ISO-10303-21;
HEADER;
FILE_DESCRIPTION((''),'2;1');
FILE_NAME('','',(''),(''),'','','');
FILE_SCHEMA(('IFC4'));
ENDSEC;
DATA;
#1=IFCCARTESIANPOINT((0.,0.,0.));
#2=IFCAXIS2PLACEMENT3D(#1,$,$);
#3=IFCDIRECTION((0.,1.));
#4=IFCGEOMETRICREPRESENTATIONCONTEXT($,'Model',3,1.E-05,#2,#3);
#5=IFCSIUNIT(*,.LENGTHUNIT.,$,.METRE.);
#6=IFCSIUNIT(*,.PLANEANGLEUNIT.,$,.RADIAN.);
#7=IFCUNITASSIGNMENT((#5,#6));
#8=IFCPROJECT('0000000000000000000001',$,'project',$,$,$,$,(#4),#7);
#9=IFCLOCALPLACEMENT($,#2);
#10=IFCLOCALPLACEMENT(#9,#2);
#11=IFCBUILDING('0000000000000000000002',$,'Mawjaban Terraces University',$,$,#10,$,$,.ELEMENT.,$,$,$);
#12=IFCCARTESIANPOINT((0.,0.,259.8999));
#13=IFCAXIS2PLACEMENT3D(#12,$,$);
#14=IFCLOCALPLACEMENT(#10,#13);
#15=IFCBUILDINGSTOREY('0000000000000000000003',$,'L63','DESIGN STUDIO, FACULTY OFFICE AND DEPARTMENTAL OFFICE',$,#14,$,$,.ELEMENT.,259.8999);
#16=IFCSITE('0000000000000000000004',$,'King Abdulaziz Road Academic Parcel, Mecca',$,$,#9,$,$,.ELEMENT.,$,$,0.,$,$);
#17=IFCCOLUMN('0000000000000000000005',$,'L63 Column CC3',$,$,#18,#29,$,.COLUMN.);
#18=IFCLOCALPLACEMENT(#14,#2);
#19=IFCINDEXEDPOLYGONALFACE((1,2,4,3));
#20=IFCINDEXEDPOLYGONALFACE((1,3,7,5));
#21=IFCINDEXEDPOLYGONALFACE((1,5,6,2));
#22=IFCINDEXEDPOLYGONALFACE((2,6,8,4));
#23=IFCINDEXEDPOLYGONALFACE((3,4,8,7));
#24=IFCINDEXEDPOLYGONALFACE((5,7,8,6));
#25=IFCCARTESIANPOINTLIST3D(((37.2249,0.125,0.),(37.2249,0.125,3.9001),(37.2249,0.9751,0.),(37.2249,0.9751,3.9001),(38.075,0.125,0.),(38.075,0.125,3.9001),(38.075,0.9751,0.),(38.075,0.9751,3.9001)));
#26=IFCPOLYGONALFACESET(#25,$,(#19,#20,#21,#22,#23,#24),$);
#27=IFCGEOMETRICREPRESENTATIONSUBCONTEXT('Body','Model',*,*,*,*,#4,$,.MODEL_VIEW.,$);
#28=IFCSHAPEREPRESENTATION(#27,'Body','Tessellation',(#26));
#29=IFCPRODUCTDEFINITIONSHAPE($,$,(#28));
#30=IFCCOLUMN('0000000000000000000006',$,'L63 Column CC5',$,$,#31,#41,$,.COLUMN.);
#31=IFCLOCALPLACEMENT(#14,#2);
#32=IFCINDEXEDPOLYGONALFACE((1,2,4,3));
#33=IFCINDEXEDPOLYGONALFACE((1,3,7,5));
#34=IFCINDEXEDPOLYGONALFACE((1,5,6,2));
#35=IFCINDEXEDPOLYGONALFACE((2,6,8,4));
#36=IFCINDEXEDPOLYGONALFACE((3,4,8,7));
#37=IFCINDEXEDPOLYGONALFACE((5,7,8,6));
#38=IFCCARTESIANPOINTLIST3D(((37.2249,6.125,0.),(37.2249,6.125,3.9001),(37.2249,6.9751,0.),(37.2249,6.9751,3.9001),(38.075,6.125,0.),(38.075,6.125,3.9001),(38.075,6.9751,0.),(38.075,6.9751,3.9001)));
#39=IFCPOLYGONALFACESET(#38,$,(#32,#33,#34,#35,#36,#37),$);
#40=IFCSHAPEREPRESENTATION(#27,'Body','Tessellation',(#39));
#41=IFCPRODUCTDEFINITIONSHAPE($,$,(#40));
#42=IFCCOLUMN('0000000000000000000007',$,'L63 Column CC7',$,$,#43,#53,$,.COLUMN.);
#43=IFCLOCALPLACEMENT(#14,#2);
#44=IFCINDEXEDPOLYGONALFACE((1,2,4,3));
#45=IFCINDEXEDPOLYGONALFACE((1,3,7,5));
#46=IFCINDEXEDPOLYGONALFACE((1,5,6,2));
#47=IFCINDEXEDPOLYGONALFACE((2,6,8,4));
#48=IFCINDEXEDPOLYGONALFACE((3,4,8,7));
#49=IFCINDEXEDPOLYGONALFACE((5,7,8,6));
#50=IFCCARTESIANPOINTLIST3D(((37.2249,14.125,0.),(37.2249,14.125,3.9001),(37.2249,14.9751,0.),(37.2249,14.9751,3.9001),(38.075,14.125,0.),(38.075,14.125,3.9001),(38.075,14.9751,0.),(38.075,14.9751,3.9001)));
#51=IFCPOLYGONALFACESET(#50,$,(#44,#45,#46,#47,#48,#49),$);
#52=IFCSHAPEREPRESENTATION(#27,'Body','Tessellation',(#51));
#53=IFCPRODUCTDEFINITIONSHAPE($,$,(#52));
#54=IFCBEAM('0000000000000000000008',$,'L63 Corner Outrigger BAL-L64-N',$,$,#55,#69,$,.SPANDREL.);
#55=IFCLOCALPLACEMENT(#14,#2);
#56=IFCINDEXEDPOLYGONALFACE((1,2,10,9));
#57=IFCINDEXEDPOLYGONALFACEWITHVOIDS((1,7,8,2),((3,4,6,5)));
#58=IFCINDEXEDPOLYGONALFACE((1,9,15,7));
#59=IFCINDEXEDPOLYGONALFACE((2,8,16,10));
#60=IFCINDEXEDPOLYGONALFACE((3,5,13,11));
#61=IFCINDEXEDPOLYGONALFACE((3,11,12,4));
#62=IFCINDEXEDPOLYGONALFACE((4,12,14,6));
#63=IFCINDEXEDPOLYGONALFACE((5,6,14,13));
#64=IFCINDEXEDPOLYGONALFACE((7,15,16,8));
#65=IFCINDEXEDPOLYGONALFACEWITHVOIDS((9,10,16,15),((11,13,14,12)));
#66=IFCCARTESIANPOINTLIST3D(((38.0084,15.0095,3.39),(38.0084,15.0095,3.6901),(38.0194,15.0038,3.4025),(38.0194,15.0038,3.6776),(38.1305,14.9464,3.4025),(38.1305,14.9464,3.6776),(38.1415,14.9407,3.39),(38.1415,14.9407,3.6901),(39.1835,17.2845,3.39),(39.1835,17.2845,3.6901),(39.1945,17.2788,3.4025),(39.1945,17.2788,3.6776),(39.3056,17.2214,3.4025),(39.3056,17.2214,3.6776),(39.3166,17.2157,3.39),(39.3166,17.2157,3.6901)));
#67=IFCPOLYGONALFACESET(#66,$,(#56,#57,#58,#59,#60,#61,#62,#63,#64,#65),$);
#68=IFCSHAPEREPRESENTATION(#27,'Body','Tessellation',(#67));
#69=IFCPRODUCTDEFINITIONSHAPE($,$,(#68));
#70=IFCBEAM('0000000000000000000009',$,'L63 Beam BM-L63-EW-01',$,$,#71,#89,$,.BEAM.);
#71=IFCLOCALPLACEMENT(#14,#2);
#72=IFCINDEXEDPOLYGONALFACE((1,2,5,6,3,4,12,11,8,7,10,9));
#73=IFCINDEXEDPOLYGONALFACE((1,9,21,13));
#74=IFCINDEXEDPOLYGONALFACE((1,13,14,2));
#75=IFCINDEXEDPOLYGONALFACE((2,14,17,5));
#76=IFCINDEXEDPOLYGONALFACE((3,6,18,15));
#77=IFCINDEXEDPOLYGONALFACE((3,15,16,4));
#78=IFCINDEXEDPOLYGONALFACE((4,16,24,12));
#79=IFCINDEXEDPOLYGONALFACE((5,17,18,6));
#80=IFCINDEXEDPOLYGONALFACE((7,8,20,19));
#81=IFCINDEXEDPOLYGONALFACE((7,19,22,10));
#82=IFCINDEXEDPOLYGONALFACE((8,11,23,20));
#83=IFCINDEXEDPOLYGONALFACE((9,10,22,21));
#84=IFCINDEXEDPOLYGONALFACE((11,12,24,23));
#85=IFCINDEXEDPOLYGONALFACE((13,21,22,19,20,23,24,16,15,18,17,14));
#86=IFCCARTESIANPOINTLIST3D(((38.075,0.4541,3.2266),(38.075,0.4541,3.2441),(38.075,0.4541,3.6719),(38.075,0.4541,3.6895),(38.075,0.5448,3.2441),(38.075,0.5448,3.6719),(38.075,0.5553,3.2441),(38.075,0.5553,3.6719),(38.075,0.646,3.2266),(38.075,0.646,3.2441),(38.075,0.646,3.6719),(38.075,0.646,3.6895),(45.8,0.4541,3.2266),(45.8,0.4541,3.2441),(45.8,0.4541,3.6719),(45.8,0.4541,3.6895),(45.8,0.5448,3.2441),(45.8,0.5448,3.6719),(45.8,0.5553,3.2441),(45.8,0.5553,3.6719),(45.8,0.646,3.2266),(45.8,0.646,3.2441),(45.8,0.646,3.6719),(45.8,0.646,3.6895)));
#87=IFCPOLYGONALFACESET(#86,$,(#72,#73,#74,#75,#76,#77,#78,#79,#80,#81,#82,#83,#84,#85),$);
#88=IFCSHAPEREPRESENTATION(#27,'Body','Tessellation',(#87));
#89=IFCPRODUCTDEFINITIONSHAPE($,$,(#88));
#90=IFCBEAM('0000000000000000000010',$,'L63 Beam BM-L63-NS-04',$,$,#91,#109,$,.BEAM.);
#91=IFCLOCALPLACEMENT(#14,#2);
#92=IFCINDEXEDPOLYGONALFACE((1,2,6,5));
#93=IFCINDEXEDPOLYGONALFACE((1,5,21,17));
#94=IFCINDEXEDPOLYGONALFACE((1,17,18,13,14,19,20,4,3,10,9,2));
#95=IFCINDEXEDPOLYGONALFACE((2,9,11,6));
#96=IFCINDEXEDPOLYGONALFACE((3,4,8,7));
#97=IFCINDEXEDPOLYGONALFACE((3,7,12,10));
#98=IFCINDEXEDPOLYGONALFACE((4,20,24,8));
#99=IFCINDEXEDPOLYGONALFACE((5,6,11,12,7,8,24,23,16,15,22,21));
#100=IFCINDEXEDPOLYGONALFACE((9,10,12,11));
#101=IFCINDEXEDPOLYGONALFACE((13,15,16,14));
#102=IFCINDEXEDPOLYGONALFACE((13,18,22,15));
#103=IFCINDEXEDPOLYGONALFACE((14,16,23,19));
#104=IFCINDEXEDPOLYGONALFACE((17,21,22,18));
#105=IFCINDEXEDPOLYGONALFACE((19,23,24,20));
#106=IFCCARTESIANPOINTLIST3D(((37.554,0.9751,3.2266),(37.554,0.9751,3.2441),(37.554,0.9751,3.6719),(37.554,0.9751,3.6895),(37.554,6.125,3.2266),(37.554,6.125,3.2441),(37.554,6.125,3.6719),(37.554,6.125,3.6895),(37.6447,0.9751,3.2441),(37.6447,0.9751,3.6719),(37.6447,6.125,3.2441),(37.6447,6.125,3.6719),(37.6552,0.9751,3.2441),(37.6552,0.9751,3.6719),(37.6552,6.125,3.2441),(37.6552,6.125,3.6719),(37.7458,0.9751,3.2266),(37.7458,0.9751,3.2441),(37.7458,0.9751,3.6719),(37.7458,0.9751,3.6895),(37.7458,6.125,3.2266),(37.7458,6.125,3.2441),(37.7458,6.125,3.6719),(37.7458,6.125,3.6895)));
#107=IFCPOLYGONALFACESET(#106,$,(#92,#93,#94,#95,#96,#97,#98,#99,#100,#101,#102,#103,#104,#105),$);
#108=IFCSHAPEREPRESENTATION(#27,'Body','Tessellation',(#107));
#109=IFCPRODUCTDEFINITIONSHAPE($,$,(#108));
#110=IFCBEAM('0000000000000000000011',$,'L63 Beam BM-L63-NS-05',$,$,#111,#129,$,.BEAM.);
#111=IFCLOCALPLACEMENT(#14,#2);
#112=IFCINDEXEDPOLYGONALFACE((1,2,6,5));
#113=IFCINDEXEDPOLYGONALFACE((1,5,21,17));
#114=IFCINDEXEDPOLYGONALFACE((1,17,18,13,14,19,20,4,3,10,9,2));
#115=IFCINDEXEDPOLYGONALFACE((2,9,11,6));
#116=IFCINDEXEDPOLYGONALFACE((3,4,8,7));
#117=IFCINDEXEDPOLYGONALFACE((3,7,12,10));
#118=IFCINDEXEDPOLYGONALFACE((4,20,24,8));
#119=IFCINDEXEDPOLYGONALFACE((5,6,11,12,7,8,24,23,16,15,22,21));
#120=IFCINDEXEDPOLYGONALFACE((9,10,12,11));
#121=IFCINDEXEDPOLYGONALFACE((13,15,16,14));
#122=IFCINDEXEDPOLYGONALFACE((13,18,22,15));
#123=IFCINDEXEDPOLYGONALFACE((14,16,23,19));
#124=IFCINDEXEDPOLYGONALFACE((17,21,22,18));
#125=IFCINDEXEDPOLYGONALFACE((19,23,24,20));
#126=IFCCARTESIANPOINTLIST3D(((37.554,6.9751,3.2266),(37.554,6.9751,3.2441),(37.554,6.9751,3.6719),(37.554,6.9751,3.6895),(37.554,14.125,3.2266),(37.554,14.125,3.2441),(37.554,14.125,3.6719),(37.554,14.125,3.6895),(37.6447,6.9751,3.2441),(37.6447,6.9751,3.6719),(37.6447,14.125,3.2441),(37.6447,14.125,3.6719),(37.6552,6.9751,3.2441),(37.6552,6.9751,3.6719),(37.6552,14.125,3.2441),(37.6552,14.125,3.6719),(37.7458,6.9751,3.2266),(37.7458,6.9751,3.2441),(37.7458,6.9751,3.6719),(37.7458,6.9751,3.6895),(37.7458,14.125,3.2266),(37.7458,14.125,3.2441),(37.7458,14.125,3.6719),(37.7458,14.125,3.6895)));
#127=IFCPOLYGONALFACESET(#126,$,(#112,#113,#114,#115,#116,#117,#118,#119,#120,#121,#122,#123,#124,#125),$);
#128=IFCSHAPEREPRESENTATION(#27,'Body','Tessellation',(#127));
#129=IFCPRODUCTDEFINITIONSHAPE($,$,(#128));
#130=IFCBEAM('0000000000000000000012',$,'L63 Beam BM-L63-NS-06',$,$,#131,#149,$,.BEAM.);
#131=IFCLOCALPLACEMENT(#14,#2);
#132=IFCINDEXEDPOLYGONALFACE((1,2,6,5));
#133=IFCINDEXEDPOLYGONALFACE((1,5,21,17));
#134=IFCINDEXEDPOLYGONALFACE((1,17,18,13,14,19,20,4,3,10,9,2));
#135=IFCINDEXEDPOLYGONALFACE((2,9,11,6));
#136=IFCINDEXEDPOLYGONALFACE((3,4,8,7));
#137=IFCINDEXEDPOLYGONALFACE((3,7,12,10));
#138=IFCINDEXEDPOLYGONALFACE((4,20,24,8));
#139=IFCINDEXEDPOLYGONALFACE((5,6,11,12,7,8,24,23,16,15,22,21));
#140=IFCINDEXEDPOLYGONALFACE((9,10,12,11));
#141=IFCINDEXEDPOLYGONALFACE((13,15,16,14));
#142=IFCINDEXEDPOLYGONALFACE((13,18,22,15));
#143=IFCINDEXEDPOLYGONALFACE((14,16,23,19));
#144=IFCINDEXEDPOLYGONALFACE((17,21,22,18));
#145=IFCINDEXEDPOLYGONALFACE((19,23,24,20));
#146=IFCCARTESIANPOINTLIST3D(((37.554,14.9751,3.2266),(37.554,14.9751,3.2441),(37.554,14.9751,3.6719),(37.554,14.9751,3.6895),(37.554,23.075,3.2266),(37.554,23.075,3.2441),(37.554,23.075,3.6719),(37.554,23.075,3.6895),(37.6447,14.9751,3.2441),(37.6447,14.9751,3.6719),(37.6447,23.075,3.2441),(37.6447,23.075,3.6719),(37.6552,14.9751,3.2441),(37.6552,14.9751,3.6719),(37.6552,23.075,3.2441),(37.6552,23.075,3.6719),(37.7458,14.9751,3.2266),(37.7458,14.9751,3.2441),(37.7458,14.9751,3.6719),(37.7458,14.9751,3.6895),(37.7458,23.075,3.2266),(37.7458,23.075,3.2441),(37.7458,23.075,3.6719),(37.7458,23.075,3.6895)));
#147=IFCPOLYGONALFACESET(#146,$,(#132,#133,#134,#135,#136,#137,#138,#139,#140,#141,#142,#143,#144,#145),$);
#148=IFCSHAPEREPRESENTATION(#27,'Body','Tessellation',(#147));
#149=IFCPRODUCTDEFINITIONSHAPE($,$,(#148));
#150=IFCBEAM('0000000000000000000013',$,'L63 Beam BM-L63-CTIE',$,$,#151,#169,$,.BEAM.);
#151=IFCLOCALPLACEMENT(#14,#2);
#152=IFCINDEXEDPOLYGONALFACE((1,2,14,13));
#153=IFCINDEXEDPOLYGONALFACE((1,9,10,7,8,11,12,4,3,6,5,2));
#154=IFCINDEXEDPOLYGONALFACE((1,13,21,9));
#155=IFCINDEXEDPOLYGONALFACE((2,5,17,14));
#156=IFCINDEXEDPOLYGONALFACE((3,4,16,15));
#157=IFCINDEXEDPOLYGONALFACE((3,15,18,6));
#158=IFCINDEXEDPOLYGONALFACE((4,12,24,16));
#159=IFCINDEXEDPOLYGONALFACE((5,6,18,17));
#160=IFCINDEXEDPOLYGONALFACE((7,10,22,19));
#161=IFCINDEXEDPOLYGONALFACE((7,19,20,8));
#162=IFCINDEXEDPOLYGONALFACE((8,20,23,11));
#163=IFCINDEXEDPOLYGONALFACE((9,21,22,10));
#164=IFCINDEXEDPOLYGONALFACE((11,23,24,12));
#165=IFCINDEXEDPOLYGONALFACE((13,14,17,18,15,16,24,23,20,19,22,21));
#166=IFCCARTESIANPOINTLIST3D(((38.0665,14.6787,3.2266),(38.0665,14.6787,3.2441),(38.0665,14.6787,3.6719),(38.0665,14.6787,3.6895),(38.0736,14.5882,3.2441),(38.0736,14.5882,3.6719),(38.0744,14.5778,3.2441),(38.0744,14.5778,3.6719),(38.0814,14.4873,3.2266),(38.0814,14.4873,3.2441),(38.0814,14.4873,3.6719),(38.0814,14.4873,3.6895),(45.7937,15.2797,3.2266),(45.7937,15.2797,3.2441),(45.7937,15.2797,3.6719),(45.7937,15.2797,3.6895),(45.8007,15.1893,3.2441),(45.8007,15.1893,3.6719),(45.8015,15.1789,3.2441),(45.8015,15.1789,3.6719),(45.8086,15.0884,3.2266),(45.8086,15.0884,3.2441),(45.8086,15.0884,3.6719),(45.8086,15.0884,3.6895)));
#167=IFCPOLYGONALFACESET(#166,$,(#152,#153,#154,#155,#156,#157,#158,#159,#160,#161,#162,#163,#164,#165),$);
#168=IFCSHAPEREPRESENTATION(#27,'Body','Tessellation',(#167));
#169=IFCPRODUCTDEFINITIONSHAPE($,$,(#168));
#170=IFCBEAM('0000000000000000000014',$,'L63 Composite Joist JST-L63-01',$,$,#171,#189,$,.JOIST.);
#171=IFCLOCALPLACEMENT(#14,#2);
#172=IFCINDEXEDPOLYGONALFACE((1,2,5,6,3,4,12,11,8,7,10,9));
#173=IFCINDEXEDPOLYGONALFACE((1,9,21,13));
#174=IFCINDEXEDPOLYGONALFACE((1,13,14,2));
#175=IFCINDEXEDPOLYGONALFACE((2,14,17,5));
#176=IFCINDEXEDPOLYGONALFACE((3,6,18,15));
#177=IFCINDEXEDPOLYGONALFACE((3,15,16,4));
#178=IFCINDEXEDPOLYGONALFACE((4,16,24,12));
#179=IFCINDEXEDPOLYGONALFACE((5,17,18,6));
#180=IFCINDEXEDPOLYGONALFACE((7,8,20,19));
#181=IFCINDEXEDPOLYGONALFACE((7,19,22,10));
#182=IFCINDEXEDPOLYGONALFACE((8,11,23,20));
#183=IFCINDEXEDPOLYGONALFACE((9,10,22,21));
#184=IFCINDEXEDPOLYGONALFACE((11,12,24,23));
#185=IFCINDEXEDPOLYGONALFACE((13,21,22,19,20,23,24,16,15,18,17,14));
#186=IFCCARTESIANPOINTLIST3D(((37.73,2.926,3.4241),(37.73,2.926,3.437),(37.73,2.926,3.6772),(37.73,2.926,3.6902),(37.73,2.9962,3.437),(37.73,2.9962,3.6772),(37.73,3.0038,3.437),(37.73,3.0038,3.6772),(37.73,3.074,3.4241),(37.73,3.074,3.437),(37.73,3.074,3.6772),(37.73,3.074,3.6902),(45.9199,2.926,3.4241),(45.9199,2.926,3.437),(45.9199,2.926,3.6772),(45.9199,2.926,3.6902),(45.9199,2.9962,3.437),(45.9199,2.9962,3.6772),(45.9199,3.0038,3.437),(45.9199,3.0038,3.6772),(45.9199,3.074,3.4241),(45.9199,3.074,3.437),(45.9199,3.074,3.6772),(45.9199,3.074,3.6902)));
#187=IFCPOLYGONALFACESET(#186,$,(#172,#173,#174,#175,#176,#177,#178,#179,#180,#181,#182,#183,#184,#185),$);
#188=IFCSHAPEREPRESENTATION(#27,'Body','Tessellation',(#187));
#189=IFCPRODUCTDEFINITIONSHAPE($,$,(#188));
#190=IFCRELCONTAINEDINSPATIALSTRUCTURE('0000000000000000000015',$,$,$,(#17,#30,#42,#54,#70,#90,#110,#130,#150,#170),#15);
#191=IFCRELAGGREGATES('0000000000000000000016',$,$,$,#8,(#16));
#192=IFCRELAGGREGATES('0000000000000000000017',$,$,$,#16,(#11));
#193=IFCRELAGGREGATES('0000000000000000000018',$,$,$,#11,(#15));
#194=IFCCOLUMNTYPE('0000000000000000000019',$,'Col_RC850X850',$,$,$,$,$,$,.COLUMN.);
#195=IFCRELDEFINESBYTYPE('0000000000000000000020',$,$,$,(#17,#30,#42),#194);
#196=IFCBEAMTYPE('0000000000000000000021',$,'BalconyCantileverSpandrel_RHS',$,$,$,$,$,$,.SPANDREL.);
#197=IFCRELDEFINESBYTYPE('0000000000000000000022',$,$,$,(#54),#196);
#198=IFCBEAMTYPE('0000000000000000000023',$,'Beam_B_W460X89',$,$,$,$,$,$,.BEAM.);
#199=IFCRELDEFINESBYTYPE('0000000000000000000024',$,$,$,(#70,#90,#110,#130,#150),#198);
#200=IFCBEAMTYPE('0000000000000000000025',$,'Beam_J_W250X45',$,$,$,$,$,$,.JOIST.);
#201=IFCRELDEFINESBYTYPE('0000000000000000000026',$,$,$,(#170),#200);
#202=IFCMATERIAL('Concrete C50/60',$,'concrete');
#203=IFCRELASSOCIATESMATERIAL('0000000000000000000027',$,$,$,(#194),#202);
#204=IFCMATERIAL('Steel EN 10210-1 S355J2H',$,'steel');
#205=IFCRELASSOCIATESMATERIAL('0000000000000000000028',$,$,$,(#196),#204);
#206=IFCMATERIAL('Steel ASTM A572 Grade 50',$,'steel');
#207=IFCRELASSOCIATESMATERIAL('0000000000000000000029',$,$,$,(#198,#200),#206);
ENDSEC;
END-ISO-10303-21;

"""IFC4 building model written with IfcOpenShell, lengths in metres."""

from ifc_helpers import new_model, si_unit, direction, frame, origin, origin_2d, place, context, subcontext, project, spatial, rectangle, hollow_rectangle, i_section, extrude, material, material_profile, profile_set, type_object, element, save


model = new_model("IFC4")

# Units and contexts
model_context = context("Model", 3, precision=1e-05, world=origin(), true_north=direction((0.0, 1.0)))
body_context = subcontext(model_context, "Body", "Model", "MODEL_VIEW")
ifc_project = project(units=[si_unit("LENGTHUNIT", "METRE"), si_unit("PLANEANGLEUNIT", "RADIAN")], contexts=[model_context])

# Site, building, storey
site_placement = place(None, origin())
site = spatial("IfcSite", under=ifc_project, at=site_placement, Name="King Abdulaziz Road Academic Parcel, Mecca", CompositionType="ELEMENT", RefElevation=0.0)
building_placement = place(site_placement, origin())
building = spatial("IfcBuilding", under=site, at=building_placement, Name="Mawjaban Terraces University", CompositionType="ELEMENT")
storey_placement = place(building_placement, frame((0.0, 0.0, 259.8999)))
storey = spatial("IfcBuildingStorey", under=building, at=storey_placement, Name="L63", Description="DESIGN STUDIO, FACULTY OFFICE AND DEPARTMENTAL OFFICE", CompositionType="ELEMENT", Elevation=259.8999)

# Columns
ifc_material_1 = material(Name="Concrete C50/60", Category="concrete")
ifc_material_profile_1 = material_profile(ifc_material_1, rectangle(XDim=0.8501, YDim=0.8501, at=origin_2d()), Name="RC850X850")
ifc_profile_set_1 = profile_set([ifc_material_profile_1], Name="Concrete C50/60")
column_type = type_object("IfcColumnType", Name="Col_RC850X850", PredefinedType="COLUMN", material=ifc_profile_set_1)
for number, where, z_axis, x_axis, name in (
    (1, (37.6499, 0.55, 0.0), (0.0, 0.0, 1.0), (1.0, 0.0, 0.0), "L63 Column CC3"),
    (2, (37.6499, 6.55, 0.0), (0.0, 0.0, 1.0), (1.0, 0.0, 0.0), "L63 Column CC5"),
    (3, (37.6499, 14.55, 0.0), (0.0, 0.0, 1.0), (1.0, 0.0, 0.0), "L63 Column CC7"),
):
    element("IfcColumn", number, at=place(storey_placement, frame(where, z_axis=z_axis, x_axis=x_axis)), inside=storey, type_object=column_type, Name=name, PredefinedType="COLUMN", context=body_context, shape_type="SweptSolid", body=[
        extrude(rectangle(XDim=0.8501, YDim=0.8501, at=origin_2d()), origin(), (0.0, 0.0, 1.0), 3.9001),
    ])

# Beams
ifc_material_2 = material(Name="Steel EN 10210-1 S355J2H", Category="steel")
ifc_material_profile_2 = material_profile(ifc_material_2, hollow_rectangle(XDim=0.1499, YDim=0.3, WallThickness=0.0125, at=origin_2d()), Name="RHS300X150X12.5")
ifc_profile_set_2 = profile_set([ifc_material_profile_2], Name="Steel EN 10210-1 S355J2H")
beam_type_1 = type_object("IfcBeamType", Name="BalconyCantileverSpandrel_RHS", PredefinedType="SPANDREL", material=ifc_profile_set_2)
beam_1_placement = place(storey_placement, frame((38.075, 14.9751, 3.54), z_axis=(0.458922, 0.888476, 0.0), x_axis=(-0.888476, 0.458922, 0.0)))
element("IfcBeam", 4, at=beam_1_placement, inside=storey, type_object=beam_type_1, Name="L63 Corner Outrigger BAL-L64-N", PredefinedType="SPANDREL", context=body_context, shape_type="SweptSolid", body=[
    extrude(hollow_rectangle(XDim=0.1499, YDim=0.3, WallThickness=0.0125, at=origin_2d()), origin(), (0.0, 0.0, 1.0), 2.5605),
])
ifc_material_3 = material(Name="Steel ASTM A572 Grade 50", Category="steel")
ifc_material_profile_3 = material_profile(ifc_material_3, i_section(OverallWidth=0.1919, OverallDepth=0.4629, WebThickness=0.0105, FlangeThickness=0.0176, at=origin_2d()), Name="W460X89")
ifc_profile_set_3 = profile_set([ifc_material_profile_3], Name="Steel ASTM A572 Grade 50")
beam_type_2 = type_object("IfcBeamType", Name="Beam_B_W460X89", PredefinedType="BEAM", material=ifc_profile_set_3)
beam_2_placement = place(storey_placement, frame((38.075, 0.55, 3.458), z_axis=(1.0, 0.0, 0.0), x_axis=(0.0, 1.0, 0.0)))
element("IfcBeam", 5, at=beam_2_placement, inside=storey, type_object=beam_type_2, Name="L63 Beam BM-L63-EW-01", PredefinedType="BEAM", context=body_context, shape_type="SweptSolid", body=[
    extrude(i_section(OverallWidth=0.1919, OverallDepth=0.4629, WebThickness=0.0105, FlangeThickness=0.0176, at=origin_2d()), origin(), (0.0, 0.0, 1.0), 7.7251),
])
beam_3_placement = place(storey_placement, frame((37.6499, 0.9751, 3.458), z_axis=(0.0, 1.0, 0.0), x_axis=(-1.0, 0.0, 0.0)))
element("IfcBeam", 6, at=beam_3_placement, inside=storey, type_object=beam_type_2, Name="L63 Beam BM-L63-NS-04", PredefinedType="BEAM", context=body_context, shape_type="SweptSolid", body=[
    extrude(i_section(OverallWidth=0.1919, OverallDepth=0.4629, WebThickness=0.0105, FlangeThickness=0.0176, at=origin_2d()), origin(), (0.0, 0.0, 1.0), 5.1499),
])
beam_4_placement = place(storey_placement, frame((37.6499, 6.9751, 3.458), z_axis=(0.0, 1.0, 0.0), x_axis=(-1.0, 0.0, 0.0)))
element("IfcBeam", 7, at=beam_4_placement, inside=storey, type_object=beam_type_2, Name="L63 Beam BM-L63-NS-05", PredefinedType="BEAM", context=body_context, shape_type="SweptSolid", body=[
    extrude(i_section(OverallWidth=0.1919, OverallDepth=0.4629, WebThickness=0.0105, FlangeThickness=0.0176, at=origin_2d()), origin(), (0.0, 0.0, 1.0), 7.1499),
])
beam_5_placement = place(storey_placement, frame((37.6499, 14.9751, 3.458), z_axis=(0.0, 1.0, 0.0), x_axis=(-1.0, 0.0, 0.0)))
element("IfcBeam", 8, at=beam_5_placement, inside=storey, type_object=beam_type_2, Name="L63 Beam BM-L63-NS-06", PredefinedType="BEAM", context=body_context, shape_type="SweptSolid", body=[
    extrude(i_section(OverallWidth=0.1919, OverallDepth=0.4629, WebThickness=0.0105, FlangeThickness=0.0176, at=origin_2d()), origin(), (0.0, 0.0, 1.0), 8.0999),
])
beam_6_placement = place(storey_placement, frame((38.074, 14.583, 3.458), z_axis=(0.996988, 0.077554, 0.0), x_axis=(-0.077554, 0.996988, 0.0)))
element("IfcBeam", 9, at=beam_6_placement, inside=storey, type_object=beam_type_2, Name="L63 Beam BM-L63-CTIE", PredefinedType="BEAM", context=body_context, shape_type="SweptSolid", body=[
    extrude(i_section(OverallWidth=0.1919, OverallDepth=0.4629, WebThickness=0.0105, FlangeThickness=0.0176, at=origin_2d()), origin(), (0.0, 0.0, 1.0), 7.7505),
])
ifc_material_profile_4 = material_profile(ifc_material_3, i_section(OverallWidth=0.1479, OverallDepth=0.2661, WebThickness=0.0076, FlangeThickness=0.0129, at=origin_2d()), Name="W250X45")
ifc_profile_set_4 = profile_set([ifc_material_profile_4], Name="Steel ASTM A572 Grade 50")
beam_type_3 = type_object("IfcBeamType", Name="Beam_J_W250X45", PredefinedType="JOIST", material=ifc_profile_set_4)
for number, where, z_axis, x_axis, name in (
    (10, (37.73, 3.0, 3.5571), (1.0, 0.0, 0.0), (0.0, 1.0, 0.0), "L63 Composite Joist JST-L63-01"),
):
    element("IfcBeam", number, at=place(storey_placement, frame(where, z_axis=z_axis, x_axis=x_axis)), inside=storey, type_object=beam_type_3, Name=name, PredefinedType="JOIST", context=body_context, shape_type="SweptSolid", body=[
        extrude(i_section(OverallWidth=0.1479, OverallDepth=0.2661, WebThickness=0.0076, FlangeThickness=0.0129, at=origin_2d()), origin(), (0.0, 0.0, 1.0), 8.1899),
    ])

save(model, "model.ifc")
